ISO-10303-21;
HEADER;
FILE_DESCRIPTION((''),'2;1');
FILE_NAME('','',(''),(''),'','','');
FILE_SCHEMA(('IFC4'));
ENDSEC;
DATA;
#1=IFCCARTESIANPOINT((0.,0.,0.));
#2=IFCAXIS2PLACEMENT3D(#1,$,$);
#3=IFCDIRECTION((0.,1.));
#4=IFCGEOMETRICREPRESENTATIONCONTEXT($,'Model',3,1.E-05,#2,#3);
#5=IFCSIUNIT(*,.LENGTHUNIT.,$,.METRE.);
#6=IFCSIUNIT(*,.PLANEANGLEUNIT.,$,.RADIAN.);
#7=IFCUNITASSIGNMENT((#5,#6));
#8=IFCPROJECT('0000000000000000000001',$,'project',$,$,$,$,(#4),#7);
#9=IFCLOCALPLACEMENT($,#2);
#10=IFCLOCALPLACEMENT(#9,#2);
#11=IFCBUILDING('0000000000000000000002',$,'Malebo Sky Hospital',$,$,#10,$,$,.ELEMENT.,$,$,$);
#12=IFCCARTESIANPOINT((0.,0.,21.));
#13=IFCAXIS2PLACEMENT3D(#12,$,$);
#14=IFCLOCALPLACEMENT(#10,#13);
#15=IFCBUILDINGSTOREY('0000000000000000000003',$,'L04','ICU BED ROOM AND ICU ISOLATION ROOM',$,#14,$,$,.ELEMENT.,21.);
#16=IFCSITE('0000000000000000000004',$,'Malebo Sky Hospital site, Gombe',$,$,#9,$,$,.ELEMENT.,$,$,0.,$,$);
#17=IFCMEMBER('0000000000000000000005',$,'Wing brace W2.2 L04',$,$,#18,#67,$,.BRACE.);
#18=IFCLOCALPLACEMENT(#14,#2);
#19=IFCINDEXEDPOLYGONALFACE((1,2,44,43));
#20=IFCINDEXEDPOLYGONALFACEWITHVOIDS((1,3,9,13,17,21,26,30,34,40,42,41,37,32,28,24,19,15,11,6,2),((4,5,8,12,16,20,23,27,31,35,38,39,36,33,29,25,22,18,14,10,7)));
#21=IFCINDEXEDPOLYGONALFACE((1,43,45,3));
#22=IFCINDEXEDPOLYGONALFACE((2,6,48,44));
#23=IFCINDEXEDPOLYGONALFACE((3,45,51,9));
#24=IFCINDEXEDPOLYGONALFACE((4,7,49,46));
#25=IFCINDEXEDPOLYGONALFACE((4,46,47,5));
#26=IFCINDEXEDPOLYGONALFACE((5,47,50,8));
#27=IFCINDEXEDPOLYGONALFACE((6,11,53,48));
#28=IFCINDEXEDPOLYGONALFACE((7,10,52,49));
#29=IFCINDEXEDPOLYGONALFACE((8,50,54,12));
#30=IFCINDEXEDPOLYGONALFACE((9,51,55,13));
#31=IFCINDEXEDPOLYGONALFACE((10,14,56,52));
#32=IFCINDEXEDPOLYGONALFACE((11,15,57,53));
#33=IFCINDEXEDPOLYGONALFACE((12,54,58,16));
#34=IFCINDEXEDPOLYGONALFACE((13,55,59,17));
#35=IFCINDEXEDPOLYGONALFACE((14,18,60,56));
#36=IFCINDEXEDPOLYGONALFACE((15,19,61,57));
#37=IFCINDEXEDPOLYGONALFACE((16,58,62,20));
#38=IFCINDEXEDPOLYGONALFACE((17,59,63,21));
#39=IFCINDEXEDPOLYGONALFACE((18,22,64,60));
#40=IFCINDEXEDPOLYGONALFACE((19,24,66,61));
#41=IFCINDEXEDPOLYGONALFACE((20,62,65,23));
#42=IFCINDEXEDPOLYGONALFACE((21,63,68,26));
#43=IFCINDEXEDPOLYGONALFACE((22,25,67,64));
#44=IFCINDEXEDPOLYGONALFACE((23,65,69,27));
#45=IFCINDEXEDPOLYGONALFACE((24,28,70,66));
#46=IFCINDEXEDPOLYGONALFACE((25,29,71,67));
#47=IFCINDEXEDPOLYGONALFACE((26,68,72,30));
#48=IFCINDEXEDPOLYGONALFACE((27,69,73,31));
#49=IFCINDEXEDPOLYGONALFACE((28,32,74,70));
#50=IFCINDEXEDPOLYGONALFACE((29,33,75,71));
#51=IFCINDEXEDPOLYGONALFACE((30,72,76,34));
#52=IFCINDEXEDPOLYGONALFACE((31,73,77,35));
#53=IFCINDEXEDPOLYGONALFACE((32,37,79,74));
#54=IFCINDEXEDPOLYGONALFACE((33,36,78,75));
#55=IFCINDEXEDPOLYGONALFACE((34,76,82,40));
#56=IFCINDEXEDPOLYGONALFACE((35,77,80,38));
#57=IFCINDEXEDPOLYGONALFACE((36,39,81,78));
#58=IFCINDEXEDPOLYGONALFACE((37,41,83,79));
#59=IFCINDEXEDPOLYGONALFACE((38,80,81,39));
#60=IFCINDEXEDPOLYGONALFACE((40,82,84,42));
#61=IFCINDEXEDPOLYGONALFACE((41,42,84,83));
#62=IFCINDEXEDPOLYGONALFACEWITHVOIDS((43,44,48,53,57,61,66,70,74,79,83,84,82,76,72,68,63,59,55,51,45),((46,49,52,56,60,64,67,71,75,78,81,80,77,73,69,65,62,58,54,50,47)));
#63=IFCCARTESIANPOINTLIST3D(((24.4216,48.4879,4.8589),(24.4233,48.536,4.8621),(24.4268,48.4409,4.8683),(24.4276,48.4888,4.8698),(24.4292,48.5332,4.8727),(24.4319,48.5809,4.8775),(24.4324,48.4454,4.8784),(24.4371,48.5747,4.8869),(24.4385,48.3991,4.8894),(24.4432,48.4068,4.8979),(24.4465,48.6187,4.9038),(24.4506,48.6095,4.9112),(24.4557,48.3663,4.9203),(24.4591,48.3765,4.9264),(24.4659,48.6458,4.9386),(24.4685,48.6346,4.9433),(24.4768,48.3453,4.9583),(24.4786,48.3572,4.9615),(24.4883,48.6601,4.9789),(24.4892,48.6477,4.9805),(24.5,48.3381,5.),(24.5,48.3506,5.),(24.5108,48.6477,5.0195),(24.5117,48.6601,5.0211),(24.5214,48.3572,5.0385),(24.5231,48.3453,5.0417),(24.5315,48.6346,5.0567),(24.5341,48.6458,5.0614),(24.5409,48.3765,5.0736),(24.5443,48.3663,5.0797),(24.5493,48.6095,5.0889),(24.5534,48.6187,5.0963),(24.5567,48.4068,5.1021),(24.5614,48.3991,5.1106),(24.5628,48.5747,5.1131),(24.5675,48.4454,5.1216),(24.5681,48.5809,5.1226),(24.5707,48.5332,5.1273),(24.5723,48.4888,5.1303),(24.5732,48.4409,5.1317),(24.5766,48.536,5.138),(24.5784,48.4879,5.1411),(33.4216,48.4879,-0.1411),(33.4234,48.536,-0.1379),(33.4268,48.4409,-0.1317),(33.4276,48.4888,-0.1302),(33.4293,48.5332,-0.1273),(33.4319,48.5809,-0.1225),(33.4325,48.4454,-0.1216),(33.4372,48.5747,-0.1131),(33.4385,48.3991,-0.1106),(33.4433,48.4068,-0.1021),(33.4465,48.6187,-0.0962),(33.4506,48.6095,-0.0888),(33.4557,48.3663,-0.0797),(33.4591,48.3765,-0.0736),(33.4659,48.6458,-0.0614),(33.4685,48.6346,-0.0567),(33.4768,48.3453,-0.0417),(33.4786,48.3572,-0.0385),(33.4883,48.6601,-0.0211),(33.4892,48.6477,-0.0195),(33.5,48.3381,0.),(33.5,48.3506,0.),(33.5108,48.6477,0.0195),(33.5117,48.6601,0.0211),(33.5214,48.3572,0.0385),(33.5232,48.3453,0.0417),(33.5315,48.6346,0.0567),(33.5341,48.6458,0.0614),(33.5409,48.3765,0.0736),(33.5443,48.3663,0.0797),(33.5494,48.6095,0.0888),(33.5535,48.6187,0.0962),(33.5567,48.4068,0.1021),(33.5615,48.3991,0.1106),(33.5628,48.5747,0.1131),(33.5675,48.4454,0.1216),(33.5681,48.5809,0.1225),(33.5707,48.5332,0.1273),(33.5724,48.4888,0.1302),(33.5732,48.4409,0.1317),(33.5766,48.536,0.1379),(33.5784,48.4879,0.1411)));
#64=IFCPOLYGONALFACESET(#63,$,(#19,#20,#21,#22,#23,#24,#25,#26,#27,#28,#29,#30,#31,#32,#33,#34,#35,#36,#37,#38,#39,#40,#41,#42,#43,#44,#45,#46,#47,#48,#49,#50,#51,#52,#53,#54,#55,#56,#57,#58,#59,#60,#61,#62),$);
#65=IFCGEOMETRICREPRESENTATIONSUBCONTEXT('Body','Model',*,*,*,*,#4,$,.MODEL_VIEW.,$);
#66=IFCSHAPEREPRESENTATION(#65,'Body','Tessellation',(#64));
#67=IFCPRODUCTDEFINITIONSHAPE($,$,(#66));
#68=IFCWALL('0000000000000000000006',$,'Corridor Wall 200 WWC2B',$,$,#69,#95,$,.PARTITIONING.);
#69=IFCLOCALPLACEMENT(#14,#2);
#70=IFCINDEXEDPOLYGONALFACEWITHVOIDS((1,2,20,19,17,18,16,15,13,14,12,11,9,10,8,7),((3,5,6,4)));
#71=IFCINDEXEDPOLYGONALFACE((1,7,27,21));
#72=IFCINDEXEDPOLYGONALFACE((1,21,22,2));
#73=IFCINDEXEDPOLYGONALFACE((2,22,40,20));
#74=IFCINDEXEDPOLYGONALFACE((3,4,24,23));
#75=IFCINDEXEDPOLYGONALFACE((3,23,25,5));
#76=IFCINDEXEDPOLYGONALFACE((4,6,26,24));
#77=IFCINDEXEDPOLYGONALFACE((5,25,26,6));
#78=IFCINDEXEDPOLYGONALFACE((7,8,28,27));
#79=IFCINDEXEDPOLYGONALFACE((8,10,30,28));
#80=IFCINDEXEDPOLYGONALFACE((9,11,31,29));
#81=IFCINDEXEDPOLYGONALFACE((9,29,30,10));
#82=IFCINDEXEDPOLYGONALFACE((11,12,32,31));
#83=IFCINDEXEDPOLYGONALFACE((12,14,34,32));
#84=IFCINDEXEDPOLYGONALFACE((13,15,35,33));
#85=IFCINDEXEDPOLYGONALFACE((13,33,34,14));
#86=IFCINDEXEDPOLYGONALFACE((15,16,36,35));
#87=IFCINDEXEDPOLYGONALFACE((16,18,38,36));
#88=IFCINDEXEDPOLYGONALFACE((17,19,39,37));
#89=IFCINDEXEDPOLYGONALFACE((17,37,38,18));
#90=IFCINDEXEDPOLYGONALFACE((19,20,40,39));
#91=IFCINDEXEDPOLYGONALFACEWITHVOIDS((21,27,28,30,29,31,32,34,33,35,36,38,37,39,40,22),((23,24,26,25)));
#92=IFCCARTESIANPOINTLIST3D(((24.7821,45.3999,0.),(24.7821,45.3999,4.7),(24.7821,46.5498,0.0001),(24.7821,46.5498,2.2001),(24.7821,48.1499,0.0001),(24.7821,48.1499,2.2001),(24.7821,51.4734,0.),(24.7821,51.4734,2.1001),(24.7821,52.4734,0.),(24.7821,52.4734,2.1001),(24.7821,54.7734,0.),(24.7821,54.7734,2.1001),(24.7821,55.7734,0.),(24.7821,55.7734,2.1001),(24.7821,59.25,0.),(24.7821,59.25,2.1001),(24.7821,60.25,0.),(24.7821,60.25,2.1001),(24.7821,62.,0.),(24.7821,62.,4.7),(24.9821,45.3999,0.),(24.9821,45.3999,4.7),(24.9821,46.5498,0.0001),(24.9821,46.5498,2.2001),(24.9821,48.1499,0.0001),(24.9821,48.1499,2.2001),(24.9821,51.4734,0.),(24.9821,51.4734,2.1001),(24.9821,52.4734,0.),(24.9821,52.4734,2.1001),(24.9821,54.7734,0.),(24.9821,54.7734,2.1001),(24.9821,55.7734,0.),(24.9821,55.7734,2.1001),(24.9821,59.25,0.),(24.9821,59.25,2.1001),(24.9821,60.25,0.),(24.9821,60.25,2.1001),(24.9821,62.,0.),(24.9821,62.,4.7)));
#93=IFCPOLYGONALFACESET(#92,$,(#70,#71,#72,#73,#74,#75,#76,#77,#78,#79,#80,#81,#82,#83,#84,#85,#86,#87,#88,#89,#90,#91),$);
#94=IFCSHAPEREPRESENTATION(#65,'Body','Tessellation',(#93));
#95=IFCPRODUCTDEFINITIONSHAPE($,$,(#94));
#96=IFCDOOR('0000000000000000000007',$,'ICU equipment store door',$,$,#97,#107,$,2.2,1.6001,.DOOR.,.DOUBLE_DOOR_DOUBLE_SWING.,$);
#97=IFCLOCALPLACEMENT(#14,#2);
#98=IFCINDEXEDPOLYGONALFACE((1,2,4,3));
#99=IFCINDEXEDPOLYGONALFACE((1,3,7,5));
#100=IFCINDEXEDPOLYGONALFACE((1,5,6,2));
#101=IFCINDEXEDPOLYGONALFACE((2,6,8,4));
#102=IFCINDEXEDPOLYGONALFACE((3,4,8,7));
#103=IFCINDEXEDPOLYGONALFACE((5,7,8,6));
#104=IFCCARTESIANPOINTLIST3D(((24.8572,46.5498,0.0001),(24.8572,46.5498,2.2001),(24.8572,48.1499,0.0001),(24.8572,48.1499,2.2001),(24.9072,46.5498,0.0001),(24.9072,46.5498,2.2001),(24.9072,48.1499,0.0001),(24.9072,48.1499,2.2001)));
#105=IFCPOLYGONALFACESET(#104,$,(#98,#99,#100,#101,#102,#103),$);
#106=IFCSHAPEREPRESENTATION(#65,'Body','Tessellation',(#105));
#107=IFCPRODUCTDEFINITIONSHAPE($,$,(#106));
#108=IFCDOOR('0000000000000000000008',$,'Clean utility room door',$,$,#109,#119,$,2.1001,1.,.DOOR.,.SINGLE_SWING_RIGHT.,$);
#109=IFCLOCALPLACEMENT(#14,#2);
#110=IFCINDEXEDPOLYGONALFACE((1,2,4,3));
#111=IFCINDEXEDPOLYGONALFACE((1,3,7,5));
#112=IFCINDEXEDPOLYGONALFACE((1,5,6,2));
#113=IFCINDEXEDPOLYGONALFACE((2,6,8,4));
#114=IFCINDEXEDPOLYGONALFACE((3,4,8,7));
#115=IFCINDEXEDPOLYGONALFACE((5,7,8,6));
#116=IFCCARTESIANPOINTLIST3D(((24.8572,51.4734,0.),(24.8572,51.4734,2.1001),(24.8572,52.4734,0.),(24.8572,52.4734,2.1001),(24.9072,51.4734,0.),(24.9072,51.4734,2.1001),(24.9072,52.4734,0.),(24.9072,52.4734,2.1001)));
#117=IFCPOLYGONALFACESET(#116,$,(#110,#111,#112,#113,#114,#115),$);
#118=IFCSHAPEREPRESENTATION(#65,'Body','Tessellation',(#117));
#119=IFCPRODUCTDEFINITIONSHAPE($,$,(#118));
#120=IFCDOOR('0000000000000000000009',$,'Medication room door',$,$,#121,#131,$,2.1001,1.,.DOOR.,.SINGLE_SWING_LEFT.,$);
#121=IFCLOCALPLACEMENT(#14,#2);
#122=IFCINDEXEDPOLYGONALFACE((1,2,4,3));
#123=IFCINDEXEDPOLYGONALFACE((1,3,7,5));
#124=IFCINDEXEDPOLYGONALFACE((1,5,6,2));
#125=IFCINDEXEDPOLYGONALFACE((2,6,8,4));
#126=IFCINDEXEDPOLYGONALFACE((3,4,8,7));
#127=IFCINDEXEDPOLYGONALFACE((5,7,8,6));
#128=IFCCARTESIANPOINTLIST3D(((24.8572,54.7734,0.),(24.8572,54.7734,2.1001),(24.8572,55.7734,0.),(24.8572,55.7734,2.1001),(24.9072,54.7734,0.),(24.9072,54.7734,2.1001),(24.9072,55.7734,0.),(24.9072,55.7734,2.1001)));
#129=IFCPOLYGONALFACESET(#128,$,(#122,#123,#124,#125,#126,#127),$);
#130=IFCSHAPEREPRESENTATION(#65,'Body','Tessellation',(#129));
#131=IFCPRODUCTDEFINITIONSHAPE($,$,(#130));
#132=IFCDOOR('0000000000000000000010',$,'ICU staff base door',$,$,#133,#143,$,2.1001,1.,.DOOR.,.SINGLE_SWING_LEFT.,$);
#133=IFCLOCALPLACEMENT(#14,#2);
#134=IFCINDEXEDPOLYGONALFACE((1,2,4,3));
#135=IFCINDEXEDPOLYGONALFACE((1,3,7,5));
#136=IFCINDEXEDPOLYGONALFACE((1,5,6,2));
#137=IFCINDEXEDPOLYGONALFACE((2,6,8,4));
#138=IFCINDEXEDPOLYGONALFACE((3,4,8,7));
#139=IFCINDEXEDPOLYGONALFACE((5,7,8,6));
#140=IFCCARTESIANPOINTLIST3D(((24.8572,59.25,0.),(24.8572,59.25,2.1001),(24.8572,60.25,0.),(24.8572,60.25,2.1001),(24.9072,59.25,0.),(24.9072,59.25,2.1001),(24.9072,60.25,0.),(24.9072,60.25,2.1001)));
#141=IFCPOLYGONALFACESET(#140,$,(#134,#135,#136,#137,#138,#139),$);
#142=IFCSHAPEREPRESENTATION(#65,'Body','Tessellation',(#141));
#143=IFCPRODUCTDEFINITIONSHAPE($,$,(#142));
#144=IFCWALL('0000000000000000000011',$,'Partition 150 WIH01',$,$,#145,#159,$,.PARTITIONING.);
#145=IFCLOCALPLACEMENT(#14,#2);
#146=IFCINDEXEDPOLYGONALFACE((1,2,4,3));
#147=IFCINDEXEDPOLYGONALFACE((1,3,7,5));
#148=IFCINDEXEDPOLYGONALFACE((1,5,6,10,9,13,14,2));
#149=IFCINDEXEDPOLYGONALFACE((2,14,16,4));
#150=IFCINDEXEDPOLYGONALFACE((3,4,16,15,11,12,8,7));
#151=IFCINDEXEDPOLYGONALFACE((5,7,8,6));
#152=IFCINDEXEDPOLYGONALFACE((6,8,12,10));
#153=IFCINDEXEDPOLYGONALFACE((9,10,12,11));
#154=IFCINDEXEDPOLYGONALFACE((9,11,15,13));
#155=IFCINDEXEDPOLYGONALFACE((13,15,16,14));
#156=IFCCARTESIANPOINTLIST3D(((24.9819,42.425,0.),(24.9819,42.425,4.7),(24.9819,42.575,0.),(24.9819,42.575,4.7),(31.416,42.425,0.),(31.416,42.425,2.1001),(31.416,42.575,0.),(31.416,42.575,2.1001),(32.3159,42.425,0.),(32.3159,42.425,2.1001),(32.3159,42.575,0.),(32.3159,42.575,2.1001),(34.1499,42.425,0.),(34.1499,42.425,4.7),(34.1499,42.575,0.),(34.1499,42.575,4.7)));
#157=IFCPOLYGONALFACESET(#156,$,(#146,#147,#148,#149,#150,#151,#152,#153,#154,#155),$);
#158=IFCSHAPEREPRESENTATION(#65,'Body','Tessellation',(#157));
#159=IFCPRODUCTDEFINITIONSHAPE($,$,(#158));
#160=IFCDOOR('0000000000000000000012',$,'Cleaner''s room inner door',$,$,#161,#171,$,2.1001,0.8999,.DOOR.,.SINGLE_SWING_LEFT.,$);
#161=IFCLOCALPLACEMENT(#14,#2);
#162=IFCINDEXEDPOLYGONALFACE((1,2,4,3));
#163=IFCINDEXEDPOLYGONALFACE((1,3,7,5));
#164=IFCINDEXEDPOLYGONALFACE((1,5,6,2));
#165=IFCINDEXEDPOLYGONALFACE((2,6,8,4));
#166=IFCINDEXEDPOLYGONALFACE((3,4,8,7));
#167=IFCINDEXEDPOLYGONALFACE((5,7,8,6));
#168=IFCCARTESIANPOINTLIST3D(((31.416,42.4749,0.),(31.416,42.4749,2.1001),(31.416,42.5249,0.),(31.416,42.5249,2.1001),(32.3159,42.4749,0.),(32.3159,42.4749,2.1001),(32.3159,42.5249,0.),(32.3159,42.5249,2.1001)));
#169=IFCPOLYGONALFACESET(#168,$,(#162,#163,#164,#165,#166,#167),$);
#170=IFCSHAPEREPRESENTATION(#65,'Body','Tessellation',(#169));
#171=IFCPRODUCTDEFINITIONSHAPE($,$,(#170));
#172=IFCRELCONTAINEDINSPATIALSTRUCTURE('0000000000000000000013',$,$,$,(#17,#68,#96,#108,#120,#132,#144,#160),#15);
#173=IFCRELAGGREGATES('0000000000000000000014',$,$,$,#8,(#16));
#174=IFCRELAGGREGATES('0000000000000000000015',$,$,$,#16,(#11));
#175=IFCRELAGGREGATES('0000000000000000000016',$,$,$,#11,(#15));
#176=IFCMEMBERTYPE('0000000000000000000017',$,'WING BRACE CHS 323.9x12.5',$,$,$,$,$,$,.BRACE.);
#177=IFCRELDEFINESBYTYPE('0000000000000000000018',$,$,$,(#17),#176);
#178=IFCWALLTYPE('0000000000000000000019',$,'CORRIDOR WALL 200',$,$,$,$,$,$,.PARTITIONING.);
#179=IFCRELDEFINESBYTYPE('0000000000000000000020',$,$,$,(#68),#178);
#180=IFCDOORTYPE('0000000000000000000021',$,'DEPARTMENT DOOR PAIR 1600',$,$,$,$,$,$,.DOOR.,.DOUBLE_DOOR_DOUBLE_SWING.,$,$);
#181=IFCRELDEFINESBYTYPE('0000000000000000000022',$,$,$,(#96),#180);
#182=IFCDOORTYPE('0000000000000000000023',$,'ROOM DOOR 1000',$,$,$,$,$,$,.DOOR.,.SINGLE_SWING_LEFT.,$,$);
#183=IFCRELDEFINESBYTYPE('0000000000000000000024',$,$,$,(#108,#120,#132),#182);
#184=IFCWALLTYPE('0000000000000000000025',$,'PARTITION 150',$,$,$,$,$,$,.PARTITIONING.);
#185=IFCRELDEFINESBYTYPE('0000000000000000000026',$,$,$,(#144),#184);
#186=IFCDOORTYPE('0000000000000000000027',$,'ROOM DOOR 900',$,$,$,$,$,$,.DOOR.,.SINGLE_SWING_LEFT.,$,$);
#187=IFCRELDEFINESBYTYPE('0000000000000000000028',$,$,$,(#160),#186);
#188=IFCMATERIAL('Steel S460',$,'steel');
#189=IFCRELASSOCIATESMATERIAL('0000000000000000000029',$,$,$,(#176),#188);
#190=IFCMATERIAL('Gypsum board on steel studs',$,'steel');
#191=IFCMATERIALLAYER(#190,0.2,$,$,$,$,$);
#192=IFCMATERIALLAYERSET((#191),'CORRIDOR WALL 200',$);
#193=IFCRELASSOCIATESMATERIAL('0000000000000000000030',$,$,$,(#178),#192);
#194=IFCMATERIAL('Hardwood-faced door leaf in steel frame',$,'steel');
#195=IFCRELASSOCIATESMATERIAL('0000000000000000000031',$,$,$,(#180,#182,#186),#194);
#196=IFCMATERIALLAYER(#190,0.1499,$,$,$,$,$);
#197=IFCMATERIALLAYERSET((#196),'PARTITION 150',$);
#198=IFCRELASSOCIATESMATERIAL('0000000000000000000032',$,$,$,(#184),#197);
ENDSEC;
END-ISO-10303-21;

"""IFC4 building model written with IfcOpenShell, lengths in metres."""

from ifc_helpers import new_model, si_unit, direction, frame, frame_2d, origin, origin_2d, place, context, subcontext, project, spatial, rectangle, hollow_circle, extrude, material, layer, layer_set, material_profile, profile_set, type_object, element, fill, save


model = new_model("IFC4")

# Units and contexts
model_context = context("Model", 3, precision=1e-05, world=origin(), true_north=direction((0.0, 1.0)))
body_context = subcontext(model_context, "Body", "Model", "MODEL_VIEW")
ifc_project = project(units=[si_unit("LENGTHUNIT", "METRE"), si_unit("PLANEANGLEUNIT", "RADIAN")], contexts=[model_context])

# Site, building, storey
site_placement = place(None, origin())
site = spatial("IfcSite", under=ifc_project, at=site_placement, Name="Malebo Sky Hospital site, Gombe", CompositionType="ELEMENT", RefElevation=0.0)
building_placement = place(site_placement, origin())
building = spatial("IfcBuilding", under=site, at=building_placement, Name="Malebo Sky Hospital", CompositionType="ELEMENT")
storey_placement = place(building_placement, frame((0.0, 0.0, 21.0)))
storey = spatial("IfcBuildingStorey", under=building, at=storey_placement, Name="L04", Description="ICU BED ROOM AND ICU ISOLATION ROOM", CompositionType="ELEMENT", Elevation=21.0)

# Member
ifc_material_1 = material(Name="Steel S460", Category="steel")
ifc_material_profile_1 = material_profile(ifc_material_1, hollow_circle(Radius=0.1619, WallThickness=0.0125, at=origin_2d()), Name="CHS 323.9x12.5")
ifc_profile_set_1 = profile_set([ifc_material_profile_1], Name="Steel S460")
member_type = type_object("IfcMemberType", Name="WING BRACE CHS 323.9x12.5", PredefinedType="BRACE", material=ifc_profile_set_1)
member_placement = place(storey_placement, frame((33.5, 48.5, 0.0), z_axis=(-0.874157, 0.0, 0.485643), x_axis=(0.0, -1.0, 0.0)))
element("IfcMember", 1, at=member_placement, inside=storey, type_object=member_type, Name="Wing brace W2.2 L04", PredefinedType="BRACE", context=body_context, shape_type="SweptSolid", body=[
    extrude(hollow_circle(Radius=0.1619, WallThickness=0.0125, at=origin_2d()), origin(), (0.0, 0.0, 1.0), 10.2957),
])

# Wall, openings, doors
ifc_material_2 = material(Name="Gypsum board on steel studs", Category="steel")
ifc_layer_1 = layer(ifc_material_2, 0.2)
ifc_layer_set_1 = layer_set([ifc_layer_1], Name="CORRIDOR WALL 200")
wall_type_1 = type_object("IfcWallType", Name="CORRIDOR WALL 200", PredefinedType="PARTITIONING", material=ifc_layer_set_1)
wall_1_placement = place(storey_placement, frame((24.8821, 45.3999, 0.0), z_axis=(0.0, 0.0, 1.0), x_axis=(0.0, 1.0, 0.0)))
wall_1 = element("IfcWall", 2, at=wall_1_placement, inside=storey, type_object=wall_type_1, Name="Corridor Wall 200 WWC2B", PredefinedType="PARTITIONING", context=body_context, shape_type="SweptSolid", body=[
    extrude(rectangle(XDim=16.6001, YDim=0.2, at=frame_2d((8.3, 0.0))), origin(), (0.0, 0.0, 1.0), 4.7),
])
opening_1_placement = place(wall_1_placement, frame((1.1499, 0.0, 0.0)))
opening_1 = element("IfcOpeningElement", 3, at=opening_1_placement, cuts=wall_1, PredefinedType="OPENING", context=body_context, shape_type="SweptSolid", body=[
    extrude(rectangle(XDim=1.6001, YDim=2.2, at=frame_2d((0.8, 1.1001))), frame((0.0, 0.1099, 0.0), z_axis=(0.0, -1.0, 0.0), x_axis=(1.0, 0.0, 0.0)), (0.0, 0.0, 1.0), 0.22),
])
opening_2_placement = place(wall_1_placement, frame((6.0735, 0.0, 0.0)))
opening_2 = element("IfcOpeningElement", 4, at=opening_2_placement, cuts=wall_1, PredefinedType="OPENING", context=body_context, shape_type="SweptSolid", body=[
    extrude(rectangle(XDim=1.0, YDim=2.1001, at=frame_2d((0.5, 1.05))), frame((0.0, 0.1099, 0.0), z_axis=(0.0, -1.0, 0.0), x_axis=(1.0, 0.0, 0.0)), (0.0, 0.0, 1.0), 0.22),
])
opening_3_placement = place(wall_1_placement, frame((9.3735, 0.0, 0.0)))
opening_3 = element("IfcOpeningElement", 5, at=opening_3_placement, cuts=wall_1, PredefinedType="OPENING", context=body_context, shape_type="SweptSolid", body=[
    extrude(rectangle(XDim=1.0, YDim=2.1001, at=frame_2d((0.5, 1.05))), frame((0.0, 0.1099, 0.0), z_axis=(0.0, -1.0, 0.0), x_axis=(1.0, 0.0, 0.0)), (0.0, 0.0, 1.0), 0.22),
])
opening_4_placement = place(wall_1_placement, frame((13.8501, 0.0, 0.0)))
opening_4 = element("IfcOpeningElement", 6, at=opening_4_placement, cuts=wall_1, PredefinedType="OPENING", context=body_context, shape_type="SweptSolid", body=[
    extrude(rectangle(XDim=1.0, YDim=2.1001, at=frame_2d((0.5, 1.05))), frame((0.0, 0.1099, 0.0), z_axis=(0.0, -1.0, 0.0), x_axis=(1.0, 0.0, 0.0)), (0.0, 0.0, 1.0), 0.22),
])
ifc_material_3 = material(Name="Hardwood-faced door leaf in steel frame", Category="steel")
door_type_1 = type_object("IfcDoorType", Name="DEPARTMENT DOOR PAIR 1600", OperationType="DOUBLE_DOOR_DOUBLE_SWING", PredefinedType="DOOR", material=ifc_material_3)
door_1_placement = place(opening_1_placement, origin())
door_1 = element("IfcDoor", 7, at=door_1_placement, inside=storey, type_object=door_type_1, Name="ICU equipment store door", OperationType="DOUBLE_DOOR_DOUBLE_SWING", OverallHeight=2.2, OverallWidth=1.6001, PredefinedType="DOOR", context=body_context, shape_type="SweptSolid", body=[
    extrude(rectangle(XDim=1.6001, YDim=2.2, at=frame_2d((0.8, 1.1001))), frame((0.0, 0.0249, 0.0), z_axis=(0.0, -1.0, 0.0), x_axis=(1.0, 0.0, 0.0)), (0.0, 0.0, 1.0), 0.05),
])
fill(opening_1, door_1)
door_type_2 = type_object("IfcDoorType", Name="ROOM DOOR 1000", OperationType="SINGLE_SWING_LEFT", PredefinedType="DOOR", material=ifc_material_3)
door_2_placement = place(opening_2_placement, origin())
door_2 = element("IfcDoor", 8, at=door_2_placement, inside=storey, type_object=door_type_2, Name="Clean utility room door", OperationType="SINGLE_SWING_RIGHT", OverallHeight=2.1001, OverallWidth=1.0, PredefinedType="DOOR", context=body_context, shape_type="SweptSolid", body=[
    extrude(rectangle(XDim=1.0, YDim=2.1001, at=frame_2d((0.5, 1.05))), frame((0.0, 0.0249, 0.0), z_axis=(0.0, -1.0, 0.0), x_axis=(1.0, 0.0, 0.0)), (0.0, 0.0, 1.0), 0.05),
])
fill(opening_2, door_2)
door_3_placement = place(opening_3_placement, origin())
door_3 = element("IfcDoor", 9, at=door_3_placement, inside=storey, type_object=door_type_2, Name="Medication room door", OperationType="SINGLE_SWING_LEFT", OverallHeight=2.1001, OverallWidth=1.0, PredefinedType="DOOR", context=body_context, shape_type="SweptSolid", body=[
    extrude(rectangle(XDim=1.0, YDim=2.1001, at=frame_2d((0.5, 1.05))), frame((0.0, 0.0249, 0.0), z_axis=(0.0, -1.0, 0.0), x_axis=(1.0, 0.0, 0.0)), (0.0, 0.0, 1.0), 0.05),
])
fill(opening_3, door_3)
door_4_placement = place(opening_4_placement, origin())
door_4 = element("IfcDoor", 10, at=door_4_placement, inside=storey, type_object=door_type_2, Name="ICU staff base door", OperationType="SINGLE_SWING_LEFT", OverallHeight=2.1001, OverallWidth=1.0, PredefinedType="DOOR", context=body_context, shape_type="SweptSolid", body=[
    extrude(rectangle(XDim=1.0, YDim=2.1001, at=frame_2d((0.5, 1.05))), frame((0.0, 0.0249, 0.0), z_axis=(0.0, -1.0, 0.0), x_axis=(1.0, 0.0, 0.0)), (0.0, 0.0, 1.0), 0.05),
])
fill(opening_4, door_4)

# Wall, opening, door
ifc_layer_2 = layer(ifc_material_2, 0.1499)
ifc_layer_set_2 = layer_set([ifc_layer_2], Name="PARTITION 150")
wall_type_2 = type_object("IfcWallType", Name="PARTITION 150", PredefinedType="PARTITIONING", material=ifc_layer_set_2)
wall_2_placement = place(storey_placement, frame((24.9819, 42.5, 0.0), z_axis=(0.0, 0.0, 1.0), x_axis=(1.0, 0.0, 0.0)))
wall_2 = element("IfcWall", 11, at=wall_2_placement, inside=storey, type_object=wall_type_2, Name="Partition 150 WIH01", PredefinedType="PARTITIONING", context=body_context, shape_type="SweptSolid", body=[
    extrude(rectangle(XDim=9.168, YDim=0.1499, at=frame_2d((4.584, 0.0))), origin(), (0.0, 0.0, 1.0), 4.7),
])
opening_5_placement = place(wall_2_placement, frame((6.4341, 0.0, 0.0)))
opening_5 = element("IfcOpeningElement", 12, at=opening_5_placement, cuts=wall_2, PredefinedType="OPENING", context=body_context, shape_type="SweptSolid", body=[
    extrude(rectangle(XDim=0.8999, YDim=2.1001, at=frame_2d((0.45, 1.05))), frame((0.0, 0.085, 0.0), z_axis=(0.0, -1.0, 0.0), x_axis=(1.0, 0.0, 0.0)), (0.0, 0.0, 1.0), 0.1699),
])
door_type_3 = type_object("IfcDoorType", Name="ROOM DOOR 900", OperationType="SINGLE_SWING_LEFT", PredefinedType="DOOR", material=ifc_material_3)
door_5_placement = place(opening_5_placement, origin())
door_5 = element("IfcDoor", 13, at=door_5_placement, inside=storey, type_object=door_type_3, Name="Cleaner's room inner door", OperationType="SINGLE_SWING_LEFT", OverallHeight=2.1001, OverallWidth=0.8999, PredefinedType="DOOR", context=body_context, shape_type="SweptSolid", body=[
    extrude(rectangle(XDim=0.8999, YDim=2.1001, at=frame_2d((0.45, 1.05))), frame((0.0, 0.0249, 0.0), z_axis=(0.0, -1.0, 0.0), x_axis=(1.0, 0.0, 0.0)), (0.0, 0.0, 1.0), 0.05),
])
fill(opening_5, door_5)

save(model, "model.ifc")
